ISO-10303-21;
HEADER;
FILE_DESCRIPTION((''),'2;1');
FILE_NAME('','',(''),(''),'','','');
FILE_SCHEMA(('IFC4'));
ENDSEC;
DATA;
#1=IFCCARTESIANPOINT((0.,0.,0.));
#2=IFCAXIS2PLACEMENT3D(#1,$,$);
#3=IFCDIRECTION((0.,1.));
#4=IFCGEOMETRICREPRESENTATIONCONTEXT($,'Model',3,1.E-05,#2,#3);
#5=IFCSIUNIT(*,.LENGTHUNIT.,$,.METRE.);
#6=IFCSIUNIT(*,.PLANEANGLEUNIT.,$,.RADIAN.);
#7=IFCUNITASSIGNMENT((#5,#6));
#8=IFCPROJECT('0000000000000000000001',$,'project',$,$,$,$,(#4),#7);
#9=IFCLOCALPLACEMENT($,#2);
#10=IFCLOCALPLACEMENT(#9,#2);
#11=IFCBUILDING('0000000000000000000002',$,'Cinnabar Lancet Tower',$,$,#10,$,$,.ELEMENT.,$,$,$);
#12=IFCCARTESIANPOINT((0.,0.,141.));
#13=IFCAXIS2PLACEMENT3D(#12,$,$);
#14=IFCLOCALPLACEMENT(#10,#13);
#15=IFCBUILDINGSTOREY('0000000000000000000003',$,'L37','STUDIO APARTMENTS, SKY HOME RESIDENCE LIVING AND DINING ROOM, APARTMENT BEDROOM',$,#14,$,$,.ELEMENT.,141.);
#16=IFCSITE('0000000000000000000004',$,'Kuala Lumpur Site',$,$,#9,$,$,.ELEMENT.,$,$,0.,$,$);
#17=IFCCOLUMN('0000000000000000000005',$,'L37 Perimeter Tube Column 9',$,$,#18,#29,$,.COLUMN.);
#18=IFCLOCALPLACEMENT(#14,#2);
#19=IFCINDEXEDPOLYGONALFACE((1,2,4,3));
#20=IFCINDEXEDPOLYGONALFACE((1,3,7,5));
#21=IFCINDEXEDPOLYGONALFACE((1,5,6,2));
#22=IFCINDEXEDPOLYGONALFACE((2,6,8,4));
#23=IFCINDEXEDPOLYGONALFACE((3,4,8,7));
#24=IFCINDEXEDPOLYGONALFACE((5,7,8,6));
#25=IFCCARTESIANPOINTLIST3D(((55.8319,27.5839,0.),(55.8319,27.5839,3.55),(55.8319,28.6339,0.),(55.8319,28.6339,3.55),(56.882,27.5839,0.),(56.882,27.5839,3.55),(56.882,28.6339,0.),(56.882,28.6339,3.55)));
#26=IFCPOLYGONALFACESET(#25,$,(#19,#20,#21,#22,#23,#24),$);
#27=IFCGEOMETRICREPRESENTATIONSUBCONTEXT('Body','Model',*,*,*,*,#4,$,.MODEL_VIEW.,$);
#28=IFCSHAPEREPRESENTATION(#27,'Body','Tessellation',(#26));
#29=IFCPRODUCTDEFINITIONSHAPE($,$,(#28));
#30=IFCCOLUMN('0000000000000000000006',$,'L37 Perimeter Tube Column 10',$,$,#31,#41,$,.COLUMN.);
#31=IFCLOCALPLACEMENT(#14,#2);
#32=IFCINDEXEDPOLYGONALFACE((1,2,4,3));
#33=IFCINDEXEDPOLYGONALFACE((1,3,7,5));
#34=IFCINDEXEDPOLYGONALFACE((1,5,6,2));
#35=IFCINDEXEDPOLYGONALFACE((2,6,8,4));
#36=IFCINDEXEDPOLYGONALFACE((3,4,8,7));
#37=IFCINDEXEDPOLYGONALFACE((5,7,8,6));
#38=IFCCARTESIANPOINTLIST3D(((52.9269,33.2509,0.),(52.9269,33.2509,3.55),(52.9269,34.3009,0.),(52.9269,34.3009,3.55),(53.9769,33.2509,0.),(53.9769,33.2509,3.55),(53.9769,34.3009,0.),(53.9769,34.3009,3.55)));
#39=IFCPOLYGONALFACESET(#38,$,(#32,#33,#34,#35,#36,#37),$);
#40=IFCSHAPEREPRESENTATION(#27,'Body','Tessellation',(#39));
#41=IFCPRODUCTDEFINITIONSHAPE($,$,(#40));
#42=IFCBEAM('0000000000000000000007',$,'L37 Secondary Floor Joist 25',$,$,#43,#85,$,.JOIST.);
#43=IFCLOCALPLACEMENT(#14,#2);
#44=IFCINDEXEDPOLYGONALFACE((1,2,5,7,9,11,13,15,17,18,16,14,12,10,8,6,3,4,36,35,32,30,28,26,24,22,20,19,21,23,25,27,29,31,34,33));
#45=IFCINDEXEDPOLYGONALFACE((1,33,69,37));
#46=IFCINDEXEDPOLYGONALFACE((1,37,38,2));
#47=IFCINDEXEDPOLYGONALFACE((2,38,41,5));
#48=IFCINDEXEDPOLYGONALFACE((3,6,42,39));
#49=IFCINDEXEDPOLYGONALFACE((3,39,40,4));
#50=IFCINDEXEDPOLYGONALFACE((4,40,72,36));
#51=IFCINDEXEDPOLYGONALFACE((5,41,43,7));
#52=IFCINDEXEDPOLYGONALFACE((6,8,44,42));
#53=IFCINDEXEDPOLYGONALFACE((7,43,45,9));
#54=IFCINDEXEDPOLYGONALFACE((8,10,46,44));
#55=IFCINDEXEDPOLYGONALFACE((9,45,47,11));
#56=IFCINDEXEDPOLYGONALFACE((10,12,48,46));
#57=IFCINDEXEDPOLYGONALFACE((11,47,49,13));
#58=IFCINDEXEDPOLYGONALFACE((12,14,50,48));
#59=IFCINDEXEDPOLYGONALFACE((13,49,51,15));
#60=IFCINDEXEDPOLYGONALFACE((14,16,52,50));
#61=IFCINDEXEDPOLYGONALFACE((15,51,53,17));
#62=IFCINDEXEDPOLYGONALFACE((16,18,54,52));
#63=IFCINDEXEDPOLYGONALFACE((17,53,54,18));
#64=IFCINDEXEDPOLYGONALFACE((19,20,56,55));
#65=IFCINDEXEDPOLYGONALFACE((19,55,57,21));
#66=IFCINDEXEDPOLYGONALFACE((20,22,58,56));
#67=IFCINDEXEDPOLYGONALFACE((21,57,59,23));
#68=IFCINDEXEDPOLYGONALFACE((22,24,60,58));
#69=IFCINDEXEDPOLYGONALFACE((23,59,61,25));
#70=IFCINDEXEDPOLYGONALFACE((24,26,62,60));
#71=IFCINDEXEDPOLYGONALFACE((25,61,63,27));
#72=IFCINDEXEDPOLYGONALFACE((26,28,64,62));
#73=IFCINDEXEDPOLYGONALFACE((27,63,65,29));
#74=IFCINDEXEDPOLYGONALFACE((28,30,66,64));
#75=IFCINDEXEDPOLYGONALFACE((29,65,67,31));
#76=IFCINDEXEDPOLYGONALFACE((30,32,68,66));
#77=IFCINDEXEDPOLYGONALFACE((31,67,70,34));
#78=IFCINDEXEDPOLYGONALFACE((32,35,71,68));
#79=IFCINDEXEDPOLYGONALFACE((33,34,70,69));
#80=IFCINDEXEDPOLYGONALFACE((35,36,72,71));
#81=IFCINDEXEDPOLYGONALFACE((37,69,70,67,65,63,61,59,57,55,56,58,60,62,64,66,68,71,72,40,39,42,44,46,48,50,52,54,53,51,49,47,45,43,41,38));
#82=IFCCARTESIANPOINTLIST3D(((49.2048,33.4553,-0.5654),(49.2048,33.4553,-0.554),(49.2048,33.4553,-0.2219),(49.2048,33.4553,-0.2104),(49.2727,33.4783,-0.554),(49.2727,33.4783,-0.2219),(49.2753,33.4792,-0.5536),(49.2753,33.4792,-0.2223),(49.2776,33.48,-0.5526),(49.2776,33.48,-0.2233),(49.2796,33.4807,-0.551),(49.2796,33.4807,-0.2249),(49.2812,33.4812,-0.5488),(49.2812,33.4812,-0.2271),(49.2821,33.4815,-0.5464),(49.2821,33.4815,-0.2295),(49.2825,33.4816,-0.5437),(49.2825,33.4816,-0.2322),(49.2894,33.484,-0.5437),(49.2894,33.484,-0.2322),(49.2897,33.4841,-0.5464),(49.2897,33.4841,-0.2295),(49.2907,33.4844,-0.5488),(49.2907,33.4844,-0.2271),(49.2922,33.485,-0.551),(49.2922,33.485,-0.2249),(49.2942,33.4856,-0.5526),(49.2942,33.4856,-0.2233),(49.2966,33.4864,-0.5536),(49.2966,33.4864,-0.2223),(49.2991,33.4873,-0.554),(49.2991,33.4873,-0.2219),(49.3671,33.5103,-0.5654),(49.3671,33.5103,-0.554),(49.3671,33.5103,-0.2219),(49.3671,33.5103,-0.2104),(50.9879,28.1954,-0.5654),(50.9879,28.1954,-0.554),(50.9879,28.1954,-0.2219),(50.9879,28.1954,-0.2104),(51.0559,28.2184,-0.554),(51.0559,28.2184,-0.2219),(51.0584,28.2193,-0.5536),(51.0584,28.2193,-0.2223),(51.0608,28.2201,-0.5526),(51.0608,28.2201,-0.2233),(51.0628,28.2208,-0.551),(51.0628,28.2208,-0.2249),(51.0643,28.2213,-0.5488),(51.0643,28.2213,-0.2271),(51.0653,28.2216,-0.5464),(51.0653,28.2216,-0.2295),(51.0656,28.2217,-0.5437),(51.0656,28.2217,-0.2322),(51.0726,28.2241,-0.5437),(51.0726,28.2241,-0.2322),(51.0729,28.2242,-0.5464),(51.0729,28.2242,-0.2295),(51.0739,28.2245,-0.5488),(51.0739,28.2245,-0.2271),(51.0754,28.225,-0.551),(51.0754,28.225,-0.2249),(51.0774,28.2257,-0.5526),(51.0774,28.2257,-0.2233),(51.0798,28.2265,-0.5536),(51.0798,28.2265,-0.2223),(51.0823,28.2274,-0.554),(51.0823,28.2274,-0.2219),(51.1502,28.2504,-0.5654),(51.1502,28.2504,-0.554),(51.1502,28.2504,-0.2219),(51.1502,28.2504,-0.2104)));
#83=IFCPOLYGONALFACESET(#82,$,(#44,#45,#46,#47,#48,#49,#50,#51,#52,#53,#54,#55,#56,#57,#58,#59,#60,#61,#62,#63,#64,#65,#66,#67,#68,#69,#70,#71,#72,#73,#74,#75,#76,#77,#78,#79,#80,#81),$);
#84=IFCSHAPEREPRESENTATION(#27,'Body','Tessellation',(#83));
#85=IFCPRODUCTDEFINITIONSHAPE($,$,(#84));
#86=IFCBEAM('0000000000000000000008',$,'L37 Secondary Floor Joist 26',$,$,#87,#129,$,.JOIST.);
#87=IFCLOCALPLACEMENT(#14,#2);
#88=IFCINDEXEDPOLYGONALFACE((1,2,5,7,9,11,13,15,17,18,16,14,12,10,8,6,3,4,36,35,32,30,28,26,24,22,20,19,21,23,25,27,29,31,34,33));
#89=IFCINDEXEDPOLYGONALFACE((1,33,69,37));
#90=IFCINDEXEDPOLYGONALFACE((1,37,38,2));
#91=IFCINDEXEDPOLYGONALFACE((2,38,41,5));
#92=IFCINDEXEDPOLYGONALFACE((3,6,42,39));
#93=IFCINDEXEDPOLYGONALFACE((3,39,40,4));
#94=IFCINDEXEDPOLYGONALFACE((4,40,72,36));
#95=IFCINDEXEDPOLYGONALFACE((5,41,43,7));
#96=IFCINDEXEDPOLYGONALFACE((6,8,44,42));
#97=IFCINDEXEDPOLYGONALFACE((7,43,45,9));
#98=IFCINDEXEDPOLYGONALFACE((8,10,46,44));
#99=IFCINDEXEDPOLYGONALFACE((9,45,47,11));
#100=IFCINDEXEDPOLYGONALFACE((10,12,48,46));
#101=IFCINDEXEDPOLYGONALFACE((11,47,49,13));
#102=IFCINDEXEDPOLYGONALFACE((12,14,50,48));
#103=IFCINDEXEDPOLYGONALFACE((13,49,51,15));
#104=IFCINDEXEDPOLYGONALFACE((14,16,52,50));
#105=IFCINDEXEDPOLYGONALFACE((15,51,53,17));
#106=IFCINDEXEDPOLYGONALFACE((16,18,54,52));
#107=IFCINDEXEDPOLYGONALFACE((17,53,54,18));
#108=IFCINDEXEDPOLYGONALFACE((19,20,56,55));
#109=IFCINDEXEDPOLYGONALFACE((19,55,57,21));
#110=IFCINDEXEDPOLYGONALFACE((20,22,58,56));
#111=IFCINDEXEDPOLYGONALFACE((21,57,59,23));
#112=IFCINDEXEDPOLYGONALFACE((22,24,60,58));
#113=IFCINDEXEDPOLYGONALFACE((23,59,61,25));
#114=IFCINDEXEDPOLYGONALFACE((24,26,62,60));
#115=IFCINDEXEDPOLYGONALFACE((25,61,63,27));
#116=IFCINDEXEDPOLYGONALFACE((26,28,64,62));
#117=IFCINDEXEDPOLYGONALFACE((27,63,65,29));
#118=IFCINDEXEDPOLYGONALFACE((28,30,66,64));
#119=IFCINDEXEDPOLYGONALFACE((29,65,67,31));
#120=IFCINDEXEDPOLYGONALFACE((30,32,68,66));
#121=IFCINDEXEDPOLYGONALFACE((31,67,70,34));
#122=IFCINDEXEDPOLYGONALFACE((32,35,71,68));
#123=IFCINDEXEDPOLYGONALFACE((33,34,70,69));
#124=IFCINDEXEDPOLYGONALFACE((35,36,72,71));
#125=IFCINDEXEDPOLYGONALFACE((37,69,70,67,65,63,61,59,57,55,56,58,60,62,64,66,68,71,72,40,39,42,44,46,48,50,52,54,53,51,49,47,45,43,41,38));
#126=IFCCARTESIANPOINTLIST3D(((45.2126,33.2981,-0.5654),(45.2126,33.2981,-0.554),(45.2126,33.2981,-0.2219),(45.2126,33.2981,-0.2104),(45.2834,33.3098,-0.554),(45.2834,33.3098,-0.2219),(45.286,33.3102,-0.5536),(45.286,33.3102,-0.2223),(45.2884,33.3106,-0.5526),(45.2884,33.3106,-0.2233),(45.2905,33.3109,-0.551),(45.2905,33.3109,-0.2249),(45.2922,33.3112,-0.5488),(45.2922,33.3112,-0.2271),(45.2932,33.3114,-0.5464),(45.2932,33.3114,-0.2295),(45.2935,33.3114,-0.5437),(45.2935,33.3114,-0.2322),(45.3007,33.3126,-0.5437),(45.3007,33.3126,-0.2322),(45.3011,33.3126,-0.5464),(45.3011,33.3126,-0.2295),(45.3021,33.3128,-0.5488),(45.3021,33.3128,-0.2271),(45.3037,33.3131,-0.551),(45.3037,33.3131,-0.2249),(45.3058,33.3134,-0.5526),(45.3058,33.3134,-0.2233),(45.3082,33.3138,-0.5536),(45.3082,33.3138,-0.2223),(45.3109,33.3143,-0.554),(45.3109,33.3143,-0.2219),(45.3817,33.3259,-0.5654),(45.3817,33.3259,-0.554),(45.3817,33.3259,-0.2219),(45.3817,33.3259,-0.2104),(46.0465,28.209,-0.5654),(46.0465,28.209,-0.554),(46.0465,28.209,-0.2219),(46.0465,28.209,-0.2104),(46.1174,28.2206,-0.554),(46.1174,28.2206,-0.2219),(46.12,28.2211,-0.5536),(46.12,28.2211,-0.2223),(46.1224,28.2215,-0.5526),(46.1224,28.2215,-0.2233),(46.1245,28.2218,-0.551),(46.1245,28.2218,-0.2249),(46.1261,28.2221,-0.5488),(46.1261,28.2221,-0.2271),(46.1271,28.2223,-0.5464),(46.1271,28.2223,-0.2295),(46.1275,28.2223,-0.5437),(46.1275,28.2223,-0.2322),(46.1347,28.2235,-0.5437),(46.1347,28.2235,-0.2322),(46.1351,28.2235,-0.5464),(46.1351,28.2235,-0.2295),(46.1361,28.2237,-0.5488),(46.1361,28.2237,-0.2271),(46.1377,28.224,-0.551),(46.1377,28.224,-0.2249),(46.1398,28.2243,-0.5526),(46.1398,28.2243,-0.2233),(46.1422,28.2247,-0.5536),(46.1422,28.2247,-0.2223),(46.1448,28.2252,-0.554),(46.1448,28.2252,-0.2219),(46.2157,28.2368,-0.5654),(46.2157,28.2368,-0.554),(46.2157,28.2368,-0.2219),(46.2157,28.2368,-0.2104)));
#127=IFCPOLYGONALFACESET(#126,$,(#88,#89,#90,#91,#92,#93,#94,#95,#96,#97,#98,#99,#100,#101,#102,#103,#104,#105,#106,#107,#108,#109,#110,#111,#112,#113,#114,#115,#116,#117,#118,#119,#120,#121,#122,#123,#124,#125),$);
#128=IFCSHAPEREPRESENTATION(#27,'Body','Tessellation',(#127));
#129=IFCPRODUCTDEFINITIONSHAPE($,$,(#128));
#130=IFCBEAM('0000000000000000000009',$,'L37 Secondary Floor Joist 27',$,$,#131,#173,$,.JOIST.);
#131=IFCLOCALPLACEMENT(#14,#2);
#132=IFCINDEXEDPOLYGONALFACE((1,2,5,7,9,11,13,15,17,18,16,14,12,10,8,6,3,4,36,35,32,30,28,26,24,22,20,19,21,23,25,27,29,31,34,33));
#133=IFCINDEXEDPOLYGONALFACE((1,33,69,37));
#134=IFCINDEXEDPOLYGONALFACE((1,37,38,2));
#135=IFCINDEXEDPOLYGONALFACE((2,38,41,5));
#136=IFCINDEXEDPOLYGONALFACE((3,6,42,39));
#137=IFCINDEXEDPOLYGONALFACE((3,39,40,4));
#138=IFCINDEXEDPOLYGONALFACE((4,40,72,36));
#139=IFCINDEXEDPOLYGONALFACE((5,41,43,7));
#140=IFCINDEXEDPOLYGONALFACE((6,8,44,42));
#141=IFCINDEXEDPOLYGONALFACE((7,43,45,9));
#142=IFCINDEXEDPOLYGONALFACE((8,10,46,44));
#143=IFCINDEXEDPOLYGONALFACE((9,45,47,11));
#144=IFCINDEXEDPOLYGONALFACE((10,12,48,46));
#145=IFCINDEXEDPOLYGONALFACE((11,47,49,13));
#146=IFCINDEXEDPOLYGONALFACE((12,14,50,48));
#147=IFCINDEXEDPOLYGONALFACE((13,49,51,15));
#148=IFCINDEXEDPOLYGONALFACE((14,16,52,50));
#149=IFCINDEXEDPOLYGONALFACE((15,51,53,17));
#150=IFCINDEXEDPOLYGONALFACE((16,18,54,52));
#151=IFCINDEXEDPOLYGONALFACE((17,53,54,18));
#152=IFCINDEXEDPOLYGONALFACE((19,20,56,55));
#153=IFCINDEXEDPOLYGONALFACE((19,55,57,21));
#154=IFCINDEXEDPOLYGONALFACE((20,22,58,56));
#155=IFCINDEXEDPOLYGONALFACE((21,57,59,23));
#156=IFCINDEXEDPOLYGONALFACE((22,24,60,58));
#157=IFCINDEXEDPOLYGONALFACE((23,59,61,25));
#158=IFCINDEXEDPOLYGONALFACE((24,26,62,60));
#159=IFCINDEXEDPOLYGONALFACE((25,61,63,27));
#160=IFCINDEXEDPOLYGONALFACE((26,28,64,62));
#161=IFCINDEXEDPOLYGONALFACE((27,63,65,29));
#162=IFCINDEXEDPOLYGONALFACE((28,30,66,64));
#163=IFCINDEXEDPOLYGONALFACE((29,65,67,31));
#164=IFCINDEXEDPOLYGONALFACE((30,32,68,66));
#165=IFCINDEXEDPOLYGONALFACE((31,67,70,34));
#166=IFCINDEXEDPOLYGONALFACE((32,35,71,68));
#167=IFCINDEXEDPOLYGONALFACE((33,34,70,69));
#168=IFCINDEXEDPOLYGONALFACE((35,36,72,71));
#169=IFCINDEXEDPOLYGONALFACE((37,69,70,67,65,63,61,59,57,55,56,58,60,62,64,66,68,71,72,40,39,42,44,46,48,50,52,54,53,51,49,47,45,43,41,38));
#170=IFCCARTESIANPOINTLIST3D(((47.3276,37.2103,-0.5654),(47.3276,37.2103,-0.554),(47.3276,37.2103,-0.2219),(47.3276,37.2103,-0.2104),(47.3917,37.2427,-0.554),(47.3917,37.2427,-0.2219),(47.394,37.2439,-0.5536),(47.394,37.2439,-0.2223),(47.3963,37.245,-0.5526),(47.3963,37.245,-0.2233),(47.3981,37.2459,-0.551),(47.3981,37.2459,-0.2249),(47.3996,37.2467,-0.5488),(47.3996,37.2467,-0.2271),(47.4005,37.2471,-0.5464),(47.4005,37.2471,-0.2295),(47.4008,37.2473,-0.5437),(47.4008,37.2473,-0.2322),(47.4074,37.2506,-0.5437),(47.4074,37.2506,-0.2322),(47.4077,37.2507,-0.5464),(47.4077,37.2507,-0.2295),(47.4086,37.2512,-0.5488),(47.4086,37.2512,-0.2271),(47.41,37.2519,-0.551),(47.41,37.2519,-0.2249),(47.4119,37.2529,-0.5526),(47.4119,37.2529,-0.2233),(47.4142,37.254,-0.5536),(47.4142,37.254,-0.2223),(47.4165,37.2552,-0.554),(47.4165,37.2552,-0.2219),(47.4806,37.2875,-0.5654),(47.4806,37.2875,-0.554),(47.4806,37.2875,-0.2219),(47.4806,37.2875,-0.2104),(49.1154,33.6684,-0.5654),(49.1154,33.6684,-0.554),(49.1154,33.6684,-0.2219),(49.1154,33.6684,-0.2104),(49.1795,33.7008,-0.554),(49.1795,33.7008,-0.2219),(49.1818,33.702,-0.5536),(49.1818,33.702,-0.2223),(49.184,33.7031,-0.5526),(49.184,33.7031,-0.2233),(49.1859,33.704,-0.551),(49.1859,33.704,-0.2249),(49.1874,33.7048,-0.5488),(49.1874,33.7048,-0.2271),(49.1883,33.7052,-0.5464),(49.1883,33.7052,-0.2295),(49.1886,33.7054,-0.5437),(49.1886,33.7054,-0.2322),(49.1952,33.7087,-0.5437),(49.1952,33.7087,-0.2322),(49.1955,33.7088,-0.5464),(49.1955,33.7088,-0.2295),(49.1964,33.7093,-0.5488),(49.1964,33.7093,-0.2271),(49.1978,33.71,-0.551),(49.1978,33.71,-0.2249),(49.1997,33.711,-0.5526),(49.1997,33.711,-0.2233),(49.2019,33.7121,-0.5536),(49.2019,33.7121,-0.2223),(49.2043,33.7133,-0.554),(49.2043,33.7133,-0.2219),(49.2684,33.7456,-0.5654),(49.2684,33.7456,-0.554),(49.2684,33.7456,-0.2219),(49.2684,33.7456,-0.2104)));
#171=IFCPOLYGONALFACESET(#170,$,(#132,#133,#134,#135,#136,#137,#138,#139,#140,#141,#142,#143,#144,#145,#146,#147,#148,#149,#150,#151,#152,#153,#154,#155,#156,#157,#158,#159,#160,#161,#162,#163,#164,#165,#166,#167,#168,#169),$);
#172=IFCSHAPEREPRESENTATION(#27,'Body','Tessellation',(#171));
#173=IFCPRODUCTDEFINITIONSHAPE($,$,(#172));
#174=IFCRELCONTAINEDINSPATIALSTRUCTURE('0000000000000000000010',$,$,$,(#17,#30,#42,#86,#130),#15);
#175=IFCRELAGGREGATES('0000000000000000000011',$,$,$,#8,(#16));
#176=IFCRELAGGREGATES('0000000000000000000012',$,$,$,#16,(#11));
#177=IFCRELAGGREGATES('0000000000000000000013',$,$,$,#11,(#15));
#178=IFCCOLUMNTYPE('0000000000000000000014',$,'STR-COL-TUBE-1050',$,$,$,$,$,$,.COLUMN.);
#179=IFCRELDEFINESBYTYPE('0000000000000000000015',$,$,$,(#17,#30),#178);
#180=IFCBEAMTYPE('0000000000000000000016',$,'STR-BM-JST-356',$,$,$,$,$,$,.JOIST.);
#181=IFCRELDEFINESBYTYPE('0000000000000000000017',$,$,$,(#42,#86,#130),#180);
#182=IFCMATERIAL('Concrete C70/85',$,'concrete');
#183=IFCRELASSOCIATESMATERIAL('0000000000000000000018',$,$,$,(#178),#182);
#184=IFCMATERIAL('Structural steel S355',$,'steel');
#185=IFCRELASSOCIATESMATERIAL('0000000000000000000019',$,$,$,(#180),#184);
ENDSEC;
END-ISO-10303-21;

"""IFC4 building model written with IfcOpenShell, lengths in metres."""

from ifc_helpers import new_model, si_unit, direction, frame, origin, origin_2d, place, context, subcontext, project, spatial, rectangle, i_section, extrude, material, material_profile, profile_set, type_object, element, save


model = new_model("IFC4")

# Units and contexts
model_context = context("Model", 3, precision=1e-05, world=origin(), true_north=direction((0.0, 1.0)))
body_context = subcontext(model_context, "Body", "Model", "MODEL_VIEW")
ifc_project = project(units=[si_unit("LENGTHUNIT", "METRE"), si_unit("PLANEANGLEUNIT", "RADIAN")], contexts=[model_context])

# Site, building, storey
site_placement = place(None, origin())
site = spatial("IfcSite", under=ifc_project, at=site_placement, Name="Kuala Lumpur Site", CompositionType="ELEMENT", RefElevation=0.0)
building_placement = place(site_placement, origin())
building = spatial("IfcBuilding", under=site, at=building_placement, Name="Cinnabar Lancet Tower", CompositionType="ELEMENT")
storey_placement = place(building_placement, frame((0.0, 0.0, 141.0)))
storey = spatial("IfcBuildingStorey", under=building, at=storey_placement, Name="L37", Description="STUDIO APARTMENTS, SKY HOME RESIDENCE LIVING AND DINING ROOM, APARTMENT BEDROOM", CompositionType="ELEMENT", Elevation=141.0)

# Columns
ifc_material_1 = material(Name="Concrete C70/85", Category="concrete")
ifc_material_profile_1 = material_profile(ifc_material_1, rectangle(XDim=1.05, YDim=1.05, at=origin_2d()), Name="RC-COL 1050x1050")
ifc_profile_set_1 = profile_set([ifc_material_profile_1], Name="Concrete C70/85")
column_type = type_object("IfcColumnType", Name="STR-COL-TUBE-1050", PredefinedType="COLUMN", material=ifc_profile_set_1)
for number, where, z_axis, x_axis, name in (
    (1, (56.3569, 28.1089, 0.0), (0.0, 0.0, 1.0), (1.0, 0.0, 0.0), "L37 Perimeter Tube Column 9"),
    (2, (53.4519, 33.7759, 0.0), (0.0, 0.0, 1.0), (1.0, 0.0, 0.0), "L37 Perimeter Tube Column 10"),
):
    element("IfcColumn", number, at=place(storey_placement, frame(where, z_axis=z_axis, x_axis=x_axis)), inside=storey, type_object=column_type, Name=name, PredefinedType="COLUMN", context=body_context, shape_type="SweptSolid", body=[
        extrude(rectangle(XDim=1.05, YDim=1.05, at=origin_2d()), origin(), (0.0, 0.0, 1.0), 3.55),
    ])

# Beams
ifc_material_2 = material(Name="Structural steel S355", Category="steel")
ifc_material_profile_2 = material_profile(ifc_material_2, i_section(OverallWidth=0.1714, OverallDepth=0.355, WebThickness=0.0073, FlangeThickness=0.0115, FilletRadius=0.0103, at=origin_2d()), Name="UKB 356x171x51")
ifc_profile_set_2 = profile_set([ifc_material_profile_2], Name="Structural steel S355")
beam_type_1 = type_object("IfcBeamType", Name="STR-BM-JST-356", PredefinedType="JOIST", material=ifc_profile_set_2)
beam_1_placement = place(storey_placement, frame((51.0691, 28.2229, -0.3879), z_axis=(-0.321063, 0.947058, 0.0), x_axis=(-0.947058, -0.321063, 0.0)))
element("IfcBeam", 3, at=beam_1_placement, inside=storey, type_object=beam_type_1, Name="L37 Secondary Floor Joist 25", PredefinedType="JOIST", context=body_context, shape_type="SweptSolid", body=[
    extrude(i_section(OverallWidth=0.1714, OverallDepth=0.355, WebThickness=0.0073, FlangeThickness=0.0115, FilletRadius=0.0103, at=origin_2d()), origin(), (0.0, 0.0, 1.0), 5.554),
])
beam_2_placement = place(storey_placement, frame((46.1311, 28.2229, -0.3879), z_axis=(-0.161719, 0.986837, 0.0), x_axis=(-0.986837, -0.161719, 0.0)))
element("IfcBeam", 4, at=beam_2_placement, inside=storey, type_object=beam_type_1, Name="L37 Secondary Floor Joist 26", PredefinedType="JOIST", context=body_context, shape_type="SweptSolid", body=[
    extrude(i_section(OverallWidth=0.1714, OverallDepth=0.355, WebThickness=0.0073, FlangeThickness=0.0115, FilletRadius=0.0103, at=origin_2d()), origin(), (0.0, 0.0, 1.0), 5.157),
])
beam_3_placement = place(storey_placement, frame((49.1919, 33.707, -0.3879), z_axis=(-0.450607, 0.892722, 0.0), x_axis=(-0.892722, -0.450607, 0.0)))
element("IfcBeam", 5, at=beam_3_placement, inside=storey, type_object=beam_type_1, Name="L37 Secondary Floor Joist 27", PredefinedType="JOIST", context=body_context, shape_type="SweptSolid", body=[
    extrude(i_section(OverallWidth=0.1714, OverallDepth=0.355, WebThickness=0.0073, FlangeThickness=0.0115, FilletRadius=0.0103, at=origin_2d()), origin(), (0.0, 0.0, 1.0), 3.9675),
])

save(model, "model.ifc")
